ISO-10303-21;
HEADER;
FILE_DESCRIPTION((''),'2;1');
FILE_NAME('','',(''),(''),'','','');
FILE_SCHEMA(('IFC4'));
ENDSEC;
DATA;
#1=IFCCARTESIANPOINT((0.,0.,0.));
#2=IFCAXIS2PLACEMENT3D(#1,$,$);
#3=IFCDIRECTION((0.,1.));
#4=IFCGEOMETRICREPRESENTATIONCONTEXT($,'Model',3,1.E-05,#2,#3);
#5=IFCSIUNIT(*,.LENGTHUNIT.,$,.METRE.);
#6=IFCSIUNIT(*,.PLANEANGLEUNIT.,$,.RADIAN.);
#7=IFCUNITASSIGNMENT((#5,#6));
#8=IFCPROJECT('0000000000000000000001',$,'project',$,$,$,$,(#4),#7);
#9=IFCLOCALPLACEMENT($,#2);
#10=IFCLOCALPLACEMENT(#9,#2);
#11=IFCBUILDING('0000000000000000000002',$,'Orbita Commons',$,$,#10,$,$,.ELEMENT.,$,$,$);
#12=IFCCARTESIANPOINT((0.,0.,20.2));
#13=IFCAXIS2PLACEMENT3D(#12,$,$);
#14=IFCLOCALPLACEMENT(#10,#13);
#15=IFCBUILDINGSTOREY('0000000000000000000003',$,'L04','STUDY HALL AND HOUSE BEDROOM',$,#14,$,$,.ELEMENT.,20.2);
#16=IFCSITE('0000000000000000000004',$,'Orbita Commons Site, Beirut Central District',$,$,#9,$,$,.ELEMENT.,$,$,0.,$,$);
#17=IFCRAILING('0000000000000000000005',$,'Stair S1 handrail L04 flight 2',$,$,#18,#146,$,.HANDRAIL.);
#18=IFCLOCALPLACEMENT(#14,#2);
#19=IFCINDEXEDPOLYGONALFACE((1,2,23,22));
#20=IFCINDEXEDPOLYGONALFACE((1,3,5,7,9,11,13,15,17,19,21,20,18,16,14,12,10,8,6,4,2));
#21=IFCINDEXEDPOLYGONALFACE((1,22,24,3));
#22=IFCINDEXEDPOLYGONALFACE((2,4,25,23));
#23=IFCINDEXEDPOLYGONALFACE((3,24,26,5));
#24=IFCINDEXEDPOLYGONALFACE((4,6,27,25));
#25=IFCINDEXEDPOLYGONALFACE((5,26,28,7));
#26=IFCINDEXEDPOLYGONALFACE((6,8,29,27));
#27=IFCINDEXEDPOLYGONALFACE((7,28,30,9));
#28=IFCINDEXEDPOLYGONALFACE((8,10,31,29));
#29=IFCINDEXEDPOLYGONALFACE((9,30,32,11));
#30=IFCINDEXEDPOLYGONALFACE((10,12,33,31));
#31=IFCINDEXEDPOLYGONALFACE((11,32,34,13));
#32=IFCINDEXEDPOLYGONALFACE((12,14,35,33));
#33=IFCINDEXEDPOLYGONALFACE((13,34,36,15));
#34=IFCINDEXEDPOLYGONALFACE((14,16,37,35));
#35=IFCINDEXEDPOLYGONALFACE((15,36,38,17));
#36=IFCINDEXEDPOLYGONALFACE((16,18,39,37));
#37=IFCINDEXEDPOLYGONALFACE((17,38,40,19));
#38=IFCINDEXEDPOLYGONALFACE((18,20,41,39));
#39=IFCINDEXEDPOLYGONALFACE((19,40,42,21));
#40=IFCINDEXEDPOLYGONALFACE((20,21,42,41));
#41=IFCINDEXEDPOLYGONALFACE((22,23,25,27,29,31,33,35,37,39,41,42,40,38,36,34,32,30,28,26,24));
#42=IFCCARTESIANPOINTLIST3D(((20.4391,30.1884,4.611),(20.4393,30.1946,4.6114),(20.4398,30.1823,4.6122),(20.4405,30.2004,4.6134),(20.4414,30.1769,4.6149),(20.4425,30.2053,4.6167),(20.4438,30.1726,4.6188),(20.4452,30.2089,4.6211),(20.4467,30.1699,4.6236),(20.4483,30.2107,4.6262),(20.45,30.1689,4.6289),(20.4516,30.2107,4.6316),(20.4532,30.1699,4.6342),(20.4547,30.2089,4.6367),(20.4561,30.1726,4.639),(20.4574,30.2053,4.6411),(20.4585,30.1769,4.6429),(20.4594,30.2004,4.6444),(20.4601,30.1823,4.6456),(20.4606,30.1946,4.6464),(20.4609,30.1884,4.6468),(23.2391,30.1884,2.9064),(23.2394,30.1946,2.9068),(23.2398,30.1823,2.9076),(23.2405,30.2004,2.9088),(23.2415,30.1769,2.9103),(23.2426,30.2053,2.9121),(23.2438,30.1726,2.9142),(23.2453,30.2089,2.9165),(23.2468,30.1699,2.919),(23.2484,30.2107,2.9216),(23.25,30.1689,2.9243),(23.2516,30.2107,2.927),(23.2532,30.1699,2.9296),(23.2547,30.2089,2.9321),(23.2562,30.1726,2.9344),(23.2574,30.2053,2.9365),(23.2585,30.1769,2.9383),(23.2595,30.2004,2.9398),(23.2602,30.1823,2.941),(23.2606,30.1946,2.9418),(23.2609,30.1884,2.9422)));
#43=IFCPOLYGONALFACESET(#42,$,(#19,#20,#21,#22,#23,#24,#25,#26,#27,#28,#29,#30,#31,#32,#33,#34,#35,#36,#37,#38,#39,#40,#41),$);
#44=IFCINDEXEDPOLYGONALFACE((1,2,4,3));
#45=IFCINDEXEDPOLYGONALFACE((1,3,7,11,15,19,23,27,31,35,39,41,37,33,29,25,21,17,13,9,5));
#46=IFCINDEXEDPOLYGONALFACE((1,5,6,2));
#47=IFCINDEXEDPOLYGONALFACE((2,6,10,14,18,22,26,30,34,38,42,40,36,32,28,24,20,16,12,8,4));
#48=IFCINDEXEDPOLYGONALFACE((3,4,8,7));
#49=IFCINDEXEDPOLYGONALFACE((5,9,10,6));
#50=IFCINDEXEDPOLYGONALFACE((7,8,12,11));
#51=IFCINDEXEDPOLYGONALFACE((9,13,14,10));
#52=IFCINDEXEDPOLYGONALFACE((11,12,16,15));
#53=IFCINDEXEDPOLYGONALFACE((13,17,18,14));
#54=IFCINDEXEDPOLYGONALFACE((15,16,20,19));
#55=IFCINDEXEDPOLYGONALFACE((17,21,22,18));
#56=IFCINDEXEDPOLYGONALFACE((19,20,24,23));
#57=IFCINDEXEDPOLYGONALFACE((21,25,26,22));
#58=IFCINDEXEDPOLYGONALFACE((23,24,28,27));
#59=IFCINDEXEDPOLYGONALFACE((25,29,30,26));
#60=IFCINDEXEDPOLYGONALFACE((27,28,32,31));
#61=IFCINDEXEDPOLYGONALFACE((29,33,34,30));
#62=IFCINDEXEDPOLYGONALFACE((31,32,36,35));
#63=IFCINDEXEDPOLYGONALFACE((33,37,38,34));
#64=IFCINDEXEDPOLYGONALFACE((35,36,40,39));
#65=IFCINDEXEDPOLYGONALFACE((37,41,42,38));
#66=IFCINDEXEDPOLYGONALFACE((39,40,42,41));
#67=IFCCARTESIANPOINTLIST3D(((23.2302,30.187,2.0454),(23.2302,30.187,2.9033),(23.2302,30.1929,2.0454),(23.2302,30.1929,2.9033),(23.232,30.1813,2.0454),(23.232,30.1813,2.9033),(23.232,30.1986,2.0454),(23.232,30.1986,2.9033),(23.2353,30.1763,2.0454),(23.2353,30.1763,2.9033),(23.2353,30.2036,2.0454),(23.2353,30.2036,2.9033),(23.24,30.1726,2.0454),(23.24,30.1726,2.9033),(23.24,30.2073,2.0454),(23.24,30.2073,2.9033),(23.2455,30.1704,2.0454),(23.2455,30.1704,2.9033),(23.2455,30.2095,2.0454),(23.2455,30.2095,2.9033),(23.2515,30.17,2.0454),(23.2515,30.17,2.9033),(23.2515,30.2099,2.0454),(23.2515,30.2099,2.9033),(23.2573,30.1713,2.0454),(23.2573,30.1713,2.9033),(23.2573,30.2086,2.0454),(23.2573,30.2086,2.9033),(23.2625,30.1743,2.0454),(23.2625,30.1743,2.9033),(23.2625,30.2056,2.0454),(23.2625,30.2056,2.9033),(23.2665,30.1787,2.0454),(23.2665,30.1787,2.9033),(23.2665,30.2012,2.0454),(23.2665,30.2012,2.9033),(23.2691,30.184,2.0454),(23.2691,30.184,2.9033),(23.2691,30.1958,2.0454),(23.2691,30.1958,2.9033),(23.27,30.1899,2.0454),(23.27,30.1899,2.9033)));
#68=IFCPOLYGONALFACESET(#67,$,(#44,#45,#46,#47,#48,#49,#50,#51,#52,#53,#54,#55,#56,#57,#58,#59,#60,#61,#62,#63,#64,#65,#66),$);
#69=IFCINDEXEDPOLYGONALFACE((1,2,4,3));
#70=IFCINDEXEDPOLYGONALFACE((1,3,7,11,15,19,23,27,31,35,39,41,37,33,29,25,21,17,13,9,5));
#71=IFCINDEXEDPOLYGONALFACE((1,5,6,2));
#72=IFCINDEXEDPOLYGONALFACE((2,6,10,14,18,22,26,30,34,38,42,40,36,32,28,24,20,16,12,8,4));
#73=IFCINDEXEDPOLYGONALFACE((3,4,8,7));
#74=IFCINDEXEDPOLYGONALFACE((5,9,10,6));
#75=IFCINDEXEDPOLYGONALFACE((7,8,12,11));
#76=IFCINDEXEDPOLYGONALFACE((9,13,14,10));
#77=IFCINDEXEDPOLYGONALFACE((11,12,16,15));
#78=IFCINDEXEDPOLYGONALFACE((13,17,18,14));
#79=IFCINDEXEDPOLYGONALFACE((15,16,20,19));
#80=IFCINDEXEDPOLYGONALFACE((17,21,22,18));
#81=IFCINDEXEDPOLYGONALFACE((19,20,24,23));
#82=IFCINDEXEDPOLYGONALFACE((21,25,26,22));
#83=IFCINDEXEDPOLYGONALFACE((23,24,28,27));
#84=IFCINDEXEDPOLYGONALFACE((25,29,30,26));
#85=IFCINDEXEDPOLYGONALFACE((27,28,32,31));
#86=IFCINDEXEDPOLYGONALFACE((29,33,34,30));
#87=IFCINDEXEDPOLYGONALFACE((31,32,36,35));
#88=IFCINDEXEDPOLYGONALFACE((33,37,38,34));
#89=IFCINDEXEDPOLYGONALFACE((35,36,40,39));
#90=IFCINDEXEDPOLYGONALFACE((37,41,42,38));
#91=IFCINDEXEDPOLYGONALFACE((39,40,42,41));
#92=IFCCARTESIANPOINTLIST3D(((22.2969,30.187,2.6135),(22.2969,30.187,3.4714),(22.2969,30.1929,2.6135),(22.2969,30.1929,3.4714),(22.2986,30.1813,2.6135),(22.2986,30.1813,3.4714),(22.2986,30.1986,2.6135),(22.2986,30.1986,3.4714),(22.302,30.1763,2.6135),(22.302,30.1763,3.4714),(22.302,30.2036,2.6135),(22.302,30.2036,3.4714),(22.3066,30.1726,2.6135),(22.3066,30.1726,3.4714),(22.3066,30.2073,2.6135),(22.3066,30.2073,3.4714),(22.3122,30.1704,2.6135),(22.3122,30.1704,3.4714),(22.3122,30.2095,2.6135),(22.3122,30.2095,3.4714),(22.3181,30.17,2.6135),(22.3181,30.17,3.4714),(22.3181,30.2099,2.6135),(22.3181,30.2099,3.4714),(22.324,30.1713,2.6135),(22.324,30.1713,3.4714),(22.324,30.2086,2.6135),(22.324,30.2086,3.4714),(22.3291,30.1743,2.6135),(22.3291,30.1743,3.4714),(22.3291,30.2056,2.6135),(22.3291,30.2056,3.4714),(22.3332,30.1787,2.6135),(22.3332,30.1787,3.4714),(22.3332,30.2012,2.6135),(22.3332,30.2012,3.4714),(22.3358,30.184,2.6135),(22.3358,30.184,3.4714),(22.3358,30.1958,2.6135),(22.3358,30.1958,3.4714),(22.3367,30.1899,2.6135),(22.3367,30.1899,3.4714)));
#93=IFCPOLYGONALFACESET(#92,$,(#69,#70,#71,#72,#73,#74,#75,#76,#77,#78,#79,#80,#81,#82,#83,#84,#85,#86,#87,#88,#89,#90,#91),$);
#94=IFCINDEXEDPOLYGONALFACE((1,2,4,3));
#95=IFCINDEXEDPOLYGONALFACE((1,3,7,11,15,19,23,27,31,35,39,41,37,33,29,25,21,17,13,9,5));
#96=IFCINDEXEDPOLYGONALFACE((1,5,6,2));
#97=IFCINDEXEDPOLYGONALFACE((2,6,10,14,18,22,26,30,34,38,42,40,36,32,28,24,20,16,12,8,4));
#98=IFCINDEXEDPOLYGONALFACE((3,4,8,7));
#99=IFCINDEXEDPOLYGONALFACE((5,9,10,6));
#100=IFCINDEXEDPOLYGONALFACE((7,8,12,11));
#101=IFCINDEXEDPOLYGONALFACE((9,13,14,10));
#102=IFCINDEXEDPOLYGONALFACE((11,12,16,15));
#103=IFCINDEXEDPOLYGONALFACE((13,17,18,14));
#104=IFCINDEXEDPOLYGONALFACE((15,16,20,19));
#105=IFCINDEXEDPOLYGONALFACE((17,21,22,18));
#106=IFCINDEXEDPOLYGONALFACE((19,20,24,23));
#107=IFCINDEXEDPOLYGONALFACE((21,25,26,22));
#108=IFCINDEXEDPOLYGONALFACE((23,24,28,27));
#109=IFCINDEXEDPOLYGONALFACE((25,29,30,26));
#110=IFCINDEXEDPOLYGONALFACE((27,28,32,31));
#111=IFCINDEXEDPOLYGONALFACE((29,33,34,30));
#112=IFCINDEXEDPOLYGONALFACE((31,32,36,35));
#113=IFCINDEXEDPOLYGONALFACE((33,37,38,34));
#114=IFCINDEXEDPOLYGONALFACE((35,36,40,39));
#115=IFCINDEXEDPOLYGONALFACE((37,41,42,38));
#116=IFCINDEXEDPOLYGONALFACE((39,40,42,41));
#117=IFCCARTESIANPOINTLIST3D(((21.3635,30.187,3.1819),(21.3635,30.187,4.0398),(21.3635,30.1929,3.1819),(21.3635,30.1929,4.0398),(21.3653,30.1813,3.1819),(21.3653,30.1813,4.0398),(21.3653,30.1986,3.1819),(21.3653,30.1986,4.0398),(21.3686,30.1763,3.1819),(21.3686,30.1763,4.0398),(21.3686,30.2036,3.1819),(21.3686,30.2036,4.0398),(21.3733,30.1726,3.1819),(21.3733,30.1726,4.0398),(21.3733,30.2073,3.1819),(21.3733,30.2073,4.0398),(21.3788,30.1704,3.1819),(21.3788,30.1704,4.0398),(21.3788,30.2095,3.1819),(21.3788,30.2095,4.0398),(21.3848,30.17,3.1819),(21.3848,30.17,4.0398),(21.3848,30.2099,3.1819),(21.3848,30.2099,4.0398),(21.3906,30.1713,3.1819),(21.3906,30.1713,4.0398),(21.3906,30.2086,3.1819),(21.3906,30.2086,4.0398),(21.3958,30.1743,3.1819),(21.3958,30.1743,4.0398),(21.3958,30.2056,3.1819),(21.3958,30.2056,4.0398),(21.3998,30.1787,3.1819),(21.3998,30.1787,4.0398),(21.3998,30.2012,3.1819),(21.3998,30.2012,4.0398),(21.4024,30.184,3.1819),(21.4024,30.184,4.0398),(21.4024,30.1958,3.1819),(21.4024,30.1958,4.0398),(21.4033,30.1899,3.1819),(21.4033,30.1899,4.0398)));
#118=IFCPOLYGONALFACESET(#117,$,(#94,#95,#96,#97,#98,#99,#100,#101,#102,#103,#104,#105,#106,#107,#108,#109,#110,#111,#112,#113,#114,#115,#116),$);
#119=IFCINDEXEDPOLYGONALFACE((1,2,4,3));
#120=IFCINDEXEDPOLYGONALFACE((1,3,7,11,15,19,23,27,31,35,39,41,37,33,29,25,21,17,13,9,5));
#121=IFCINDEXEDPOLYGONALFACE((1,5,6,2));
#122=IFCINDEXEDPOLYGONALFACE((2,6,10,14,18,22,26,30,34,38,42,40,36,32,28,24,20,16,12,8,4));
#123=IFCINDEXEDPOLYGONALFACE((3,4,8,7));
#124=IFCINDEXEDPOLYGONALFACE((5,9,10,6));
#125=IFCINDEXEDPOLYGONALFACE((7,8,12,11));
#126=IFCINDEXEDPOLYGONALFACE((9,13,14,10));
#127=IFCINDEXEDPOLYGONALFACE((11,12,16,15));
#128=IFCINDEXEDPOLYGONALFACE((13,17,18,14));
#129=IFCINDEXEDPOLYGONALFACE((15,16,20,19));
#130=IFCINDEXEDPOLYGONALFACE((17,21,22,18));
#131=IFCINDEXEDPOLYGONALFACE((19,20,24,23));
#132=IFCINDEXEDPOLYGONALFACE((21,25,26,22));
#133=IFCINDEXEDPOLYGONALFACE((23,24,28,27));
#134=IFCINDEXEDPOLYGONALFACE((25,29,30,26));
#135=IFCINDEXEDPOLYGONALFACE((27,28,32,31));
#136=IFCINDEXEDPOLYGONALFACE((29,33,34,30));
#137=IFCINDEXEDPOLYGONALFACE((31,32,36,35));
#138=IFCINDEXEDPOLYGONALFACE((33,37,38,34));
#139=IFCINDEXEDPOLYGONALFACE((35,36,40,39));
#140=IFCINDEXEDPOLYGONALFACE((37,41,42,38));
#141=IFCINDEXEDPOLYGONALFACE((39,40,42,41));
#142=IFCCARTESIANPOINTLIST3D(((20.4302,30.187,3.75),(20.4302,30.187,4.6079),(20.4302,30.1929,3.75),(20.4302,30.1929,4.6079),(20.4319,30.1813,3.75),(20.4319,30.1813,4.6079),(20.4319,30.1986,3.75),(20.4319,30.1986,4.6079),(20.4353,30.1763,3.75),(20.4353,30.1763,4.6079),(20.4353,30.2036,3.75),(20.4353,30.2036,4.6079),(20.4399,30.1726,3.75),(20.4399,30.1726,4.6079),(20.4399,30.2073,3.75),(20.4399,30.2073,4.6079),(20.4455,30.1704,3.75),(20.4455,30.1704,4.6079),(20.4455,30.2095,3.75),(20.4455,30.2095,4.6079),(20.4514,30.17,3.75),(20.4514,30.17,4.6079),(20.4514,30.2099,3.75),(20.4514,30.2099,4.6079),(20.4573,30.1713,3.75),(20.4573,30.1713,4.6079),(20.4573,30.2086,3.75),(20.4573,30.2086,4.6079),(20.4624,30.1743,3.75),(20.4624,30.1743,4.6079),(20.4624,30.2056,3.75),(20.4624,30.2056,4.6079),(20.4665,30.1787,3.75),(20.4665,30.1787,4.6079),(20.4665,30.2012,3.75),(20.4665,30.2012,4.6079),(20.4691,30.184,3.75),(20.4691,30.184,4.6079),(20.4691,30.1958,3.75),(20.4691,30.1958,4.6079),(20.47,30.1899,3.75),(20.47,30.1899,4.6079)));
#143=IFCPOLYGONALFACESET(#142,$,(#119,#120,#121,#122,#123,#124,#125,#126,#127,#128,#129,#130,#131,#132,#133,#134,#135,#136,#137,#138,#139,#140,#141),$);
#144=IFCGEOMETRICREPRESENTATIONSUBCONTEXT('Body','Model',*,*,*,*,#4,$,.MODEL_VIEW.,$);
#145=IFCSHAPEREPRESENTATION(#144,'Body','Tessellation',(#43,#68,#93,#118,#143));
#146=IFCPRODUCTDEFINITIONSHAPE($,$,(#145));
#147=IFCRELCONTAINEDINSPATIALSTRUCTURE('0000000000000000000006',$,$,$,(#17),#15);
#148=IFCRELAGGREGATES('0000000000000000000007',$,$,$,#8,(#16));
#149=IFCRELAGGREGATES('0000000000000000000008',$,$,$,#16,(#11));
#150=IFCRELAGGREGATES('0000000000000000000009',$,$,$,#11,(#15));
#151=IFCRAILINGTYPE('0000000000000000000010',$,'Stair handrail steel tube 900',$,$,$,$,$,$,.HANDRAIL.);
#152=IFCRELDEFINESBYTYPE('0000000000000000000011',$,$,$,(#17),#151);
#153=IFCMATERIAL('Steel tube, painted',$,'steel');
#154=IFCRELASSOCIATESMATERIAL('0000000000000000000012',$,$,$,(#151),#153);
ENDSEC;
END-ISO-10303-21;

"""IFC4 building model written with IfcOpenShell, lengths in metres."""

from ifc_helpers import new_model, si_unit, direction, frame, origin, origin_2d, place, context, subcontext, project, spatial, circle, extrude, material, type_object, element, save


model = new_model("IFC4")

# Units and contexts
model_context = context("Model", 3, precision=1e-05, world=origin(), true_north=direction((0.0, 1.0)))
body_context = subcontext(model_context, "Body", "Model", "MODEL_VIEW")
ifc_project = project(units=[si_unit("LENGTHUNIT", "METRE"), si_unit("PLANEANGLEUNIT", "RADIAN")], contexts=[model_context])

# Site, building, storey
site_placement = place(None, origin())
site = spatial("IfcSite", under=ifc_project, at=site_placement, Name="Orbita Commons Site, Beirut Central District", CompositionType="ELEMENT", RefElevation=0.0)
building_placement = place(site_placement, origin())
building = spatial("IfcBuilding", under=site, at=building_placement, Name="Orbita Commons", CompositionType="ELEMENT")
storey_placement = place(building_placement, frame((0.0, 0.0, 20.2)))
storey = spatial("IfcBuildingStorey", under=building, at=storey_placement, Name="L04", Description="STUDY HALL AND HOUSE BEDROOM", CompositionType="ELEMENT", Elevation=20.2)

# Railing
ifc_material = material(Name="Steel tube, painted", Category="steel")
railing_type = type_object("IfcRailingType", Name="Stair handrail steel tube 900", PredefinedType="HANDRAIL", material=ifc_material)
for number, where, name in (
    (1, (23.25, 30.1899, 2.0454), "Stair S1 handrail L04 flight 2"),
):
    element("IfcRailing", number, at=place(storey_placement, frame(where)), inside=storey, type_object=railing_type, Name=name, PredefinedType="HANDRAIL", context=body_context, shape_type="SweptSolid", body=[
        extrude(circle(Radius=0.021, at=origin_2d()), frame((0.0, 0.0, 0.8789), z_axis=(-0.85417, 0.0, 0.519994), x_axis=(0.0, -1.0, 0.0)), (0.0, 0.0, 1.0), 3.2781),
        extrude(circle(Radius=0.02, at=origin_2d()), origin(), (0.0, 0.0, 1.0), 0.8579),
        extrude(circle(Radius=0.02, at=origin_2d()), frame((-0.9333, 0.0, 0.5681)), (0.0, 0.0, 1.0), 0.8579),
        extrude(circle(Radius=0.02, at=origin_2d()), frame((-1.8667, 0.0, 1.1365)), (0.0, 0.0, 1.0), 0.8579),
        extrude(circle(Radius=0.02, at=origin_2d()), frame((-2.8, 0.0, 1.7046)), (0.0, 0.0, 1.0), 0.8579),
    ])

save(model, "model.ifc")
